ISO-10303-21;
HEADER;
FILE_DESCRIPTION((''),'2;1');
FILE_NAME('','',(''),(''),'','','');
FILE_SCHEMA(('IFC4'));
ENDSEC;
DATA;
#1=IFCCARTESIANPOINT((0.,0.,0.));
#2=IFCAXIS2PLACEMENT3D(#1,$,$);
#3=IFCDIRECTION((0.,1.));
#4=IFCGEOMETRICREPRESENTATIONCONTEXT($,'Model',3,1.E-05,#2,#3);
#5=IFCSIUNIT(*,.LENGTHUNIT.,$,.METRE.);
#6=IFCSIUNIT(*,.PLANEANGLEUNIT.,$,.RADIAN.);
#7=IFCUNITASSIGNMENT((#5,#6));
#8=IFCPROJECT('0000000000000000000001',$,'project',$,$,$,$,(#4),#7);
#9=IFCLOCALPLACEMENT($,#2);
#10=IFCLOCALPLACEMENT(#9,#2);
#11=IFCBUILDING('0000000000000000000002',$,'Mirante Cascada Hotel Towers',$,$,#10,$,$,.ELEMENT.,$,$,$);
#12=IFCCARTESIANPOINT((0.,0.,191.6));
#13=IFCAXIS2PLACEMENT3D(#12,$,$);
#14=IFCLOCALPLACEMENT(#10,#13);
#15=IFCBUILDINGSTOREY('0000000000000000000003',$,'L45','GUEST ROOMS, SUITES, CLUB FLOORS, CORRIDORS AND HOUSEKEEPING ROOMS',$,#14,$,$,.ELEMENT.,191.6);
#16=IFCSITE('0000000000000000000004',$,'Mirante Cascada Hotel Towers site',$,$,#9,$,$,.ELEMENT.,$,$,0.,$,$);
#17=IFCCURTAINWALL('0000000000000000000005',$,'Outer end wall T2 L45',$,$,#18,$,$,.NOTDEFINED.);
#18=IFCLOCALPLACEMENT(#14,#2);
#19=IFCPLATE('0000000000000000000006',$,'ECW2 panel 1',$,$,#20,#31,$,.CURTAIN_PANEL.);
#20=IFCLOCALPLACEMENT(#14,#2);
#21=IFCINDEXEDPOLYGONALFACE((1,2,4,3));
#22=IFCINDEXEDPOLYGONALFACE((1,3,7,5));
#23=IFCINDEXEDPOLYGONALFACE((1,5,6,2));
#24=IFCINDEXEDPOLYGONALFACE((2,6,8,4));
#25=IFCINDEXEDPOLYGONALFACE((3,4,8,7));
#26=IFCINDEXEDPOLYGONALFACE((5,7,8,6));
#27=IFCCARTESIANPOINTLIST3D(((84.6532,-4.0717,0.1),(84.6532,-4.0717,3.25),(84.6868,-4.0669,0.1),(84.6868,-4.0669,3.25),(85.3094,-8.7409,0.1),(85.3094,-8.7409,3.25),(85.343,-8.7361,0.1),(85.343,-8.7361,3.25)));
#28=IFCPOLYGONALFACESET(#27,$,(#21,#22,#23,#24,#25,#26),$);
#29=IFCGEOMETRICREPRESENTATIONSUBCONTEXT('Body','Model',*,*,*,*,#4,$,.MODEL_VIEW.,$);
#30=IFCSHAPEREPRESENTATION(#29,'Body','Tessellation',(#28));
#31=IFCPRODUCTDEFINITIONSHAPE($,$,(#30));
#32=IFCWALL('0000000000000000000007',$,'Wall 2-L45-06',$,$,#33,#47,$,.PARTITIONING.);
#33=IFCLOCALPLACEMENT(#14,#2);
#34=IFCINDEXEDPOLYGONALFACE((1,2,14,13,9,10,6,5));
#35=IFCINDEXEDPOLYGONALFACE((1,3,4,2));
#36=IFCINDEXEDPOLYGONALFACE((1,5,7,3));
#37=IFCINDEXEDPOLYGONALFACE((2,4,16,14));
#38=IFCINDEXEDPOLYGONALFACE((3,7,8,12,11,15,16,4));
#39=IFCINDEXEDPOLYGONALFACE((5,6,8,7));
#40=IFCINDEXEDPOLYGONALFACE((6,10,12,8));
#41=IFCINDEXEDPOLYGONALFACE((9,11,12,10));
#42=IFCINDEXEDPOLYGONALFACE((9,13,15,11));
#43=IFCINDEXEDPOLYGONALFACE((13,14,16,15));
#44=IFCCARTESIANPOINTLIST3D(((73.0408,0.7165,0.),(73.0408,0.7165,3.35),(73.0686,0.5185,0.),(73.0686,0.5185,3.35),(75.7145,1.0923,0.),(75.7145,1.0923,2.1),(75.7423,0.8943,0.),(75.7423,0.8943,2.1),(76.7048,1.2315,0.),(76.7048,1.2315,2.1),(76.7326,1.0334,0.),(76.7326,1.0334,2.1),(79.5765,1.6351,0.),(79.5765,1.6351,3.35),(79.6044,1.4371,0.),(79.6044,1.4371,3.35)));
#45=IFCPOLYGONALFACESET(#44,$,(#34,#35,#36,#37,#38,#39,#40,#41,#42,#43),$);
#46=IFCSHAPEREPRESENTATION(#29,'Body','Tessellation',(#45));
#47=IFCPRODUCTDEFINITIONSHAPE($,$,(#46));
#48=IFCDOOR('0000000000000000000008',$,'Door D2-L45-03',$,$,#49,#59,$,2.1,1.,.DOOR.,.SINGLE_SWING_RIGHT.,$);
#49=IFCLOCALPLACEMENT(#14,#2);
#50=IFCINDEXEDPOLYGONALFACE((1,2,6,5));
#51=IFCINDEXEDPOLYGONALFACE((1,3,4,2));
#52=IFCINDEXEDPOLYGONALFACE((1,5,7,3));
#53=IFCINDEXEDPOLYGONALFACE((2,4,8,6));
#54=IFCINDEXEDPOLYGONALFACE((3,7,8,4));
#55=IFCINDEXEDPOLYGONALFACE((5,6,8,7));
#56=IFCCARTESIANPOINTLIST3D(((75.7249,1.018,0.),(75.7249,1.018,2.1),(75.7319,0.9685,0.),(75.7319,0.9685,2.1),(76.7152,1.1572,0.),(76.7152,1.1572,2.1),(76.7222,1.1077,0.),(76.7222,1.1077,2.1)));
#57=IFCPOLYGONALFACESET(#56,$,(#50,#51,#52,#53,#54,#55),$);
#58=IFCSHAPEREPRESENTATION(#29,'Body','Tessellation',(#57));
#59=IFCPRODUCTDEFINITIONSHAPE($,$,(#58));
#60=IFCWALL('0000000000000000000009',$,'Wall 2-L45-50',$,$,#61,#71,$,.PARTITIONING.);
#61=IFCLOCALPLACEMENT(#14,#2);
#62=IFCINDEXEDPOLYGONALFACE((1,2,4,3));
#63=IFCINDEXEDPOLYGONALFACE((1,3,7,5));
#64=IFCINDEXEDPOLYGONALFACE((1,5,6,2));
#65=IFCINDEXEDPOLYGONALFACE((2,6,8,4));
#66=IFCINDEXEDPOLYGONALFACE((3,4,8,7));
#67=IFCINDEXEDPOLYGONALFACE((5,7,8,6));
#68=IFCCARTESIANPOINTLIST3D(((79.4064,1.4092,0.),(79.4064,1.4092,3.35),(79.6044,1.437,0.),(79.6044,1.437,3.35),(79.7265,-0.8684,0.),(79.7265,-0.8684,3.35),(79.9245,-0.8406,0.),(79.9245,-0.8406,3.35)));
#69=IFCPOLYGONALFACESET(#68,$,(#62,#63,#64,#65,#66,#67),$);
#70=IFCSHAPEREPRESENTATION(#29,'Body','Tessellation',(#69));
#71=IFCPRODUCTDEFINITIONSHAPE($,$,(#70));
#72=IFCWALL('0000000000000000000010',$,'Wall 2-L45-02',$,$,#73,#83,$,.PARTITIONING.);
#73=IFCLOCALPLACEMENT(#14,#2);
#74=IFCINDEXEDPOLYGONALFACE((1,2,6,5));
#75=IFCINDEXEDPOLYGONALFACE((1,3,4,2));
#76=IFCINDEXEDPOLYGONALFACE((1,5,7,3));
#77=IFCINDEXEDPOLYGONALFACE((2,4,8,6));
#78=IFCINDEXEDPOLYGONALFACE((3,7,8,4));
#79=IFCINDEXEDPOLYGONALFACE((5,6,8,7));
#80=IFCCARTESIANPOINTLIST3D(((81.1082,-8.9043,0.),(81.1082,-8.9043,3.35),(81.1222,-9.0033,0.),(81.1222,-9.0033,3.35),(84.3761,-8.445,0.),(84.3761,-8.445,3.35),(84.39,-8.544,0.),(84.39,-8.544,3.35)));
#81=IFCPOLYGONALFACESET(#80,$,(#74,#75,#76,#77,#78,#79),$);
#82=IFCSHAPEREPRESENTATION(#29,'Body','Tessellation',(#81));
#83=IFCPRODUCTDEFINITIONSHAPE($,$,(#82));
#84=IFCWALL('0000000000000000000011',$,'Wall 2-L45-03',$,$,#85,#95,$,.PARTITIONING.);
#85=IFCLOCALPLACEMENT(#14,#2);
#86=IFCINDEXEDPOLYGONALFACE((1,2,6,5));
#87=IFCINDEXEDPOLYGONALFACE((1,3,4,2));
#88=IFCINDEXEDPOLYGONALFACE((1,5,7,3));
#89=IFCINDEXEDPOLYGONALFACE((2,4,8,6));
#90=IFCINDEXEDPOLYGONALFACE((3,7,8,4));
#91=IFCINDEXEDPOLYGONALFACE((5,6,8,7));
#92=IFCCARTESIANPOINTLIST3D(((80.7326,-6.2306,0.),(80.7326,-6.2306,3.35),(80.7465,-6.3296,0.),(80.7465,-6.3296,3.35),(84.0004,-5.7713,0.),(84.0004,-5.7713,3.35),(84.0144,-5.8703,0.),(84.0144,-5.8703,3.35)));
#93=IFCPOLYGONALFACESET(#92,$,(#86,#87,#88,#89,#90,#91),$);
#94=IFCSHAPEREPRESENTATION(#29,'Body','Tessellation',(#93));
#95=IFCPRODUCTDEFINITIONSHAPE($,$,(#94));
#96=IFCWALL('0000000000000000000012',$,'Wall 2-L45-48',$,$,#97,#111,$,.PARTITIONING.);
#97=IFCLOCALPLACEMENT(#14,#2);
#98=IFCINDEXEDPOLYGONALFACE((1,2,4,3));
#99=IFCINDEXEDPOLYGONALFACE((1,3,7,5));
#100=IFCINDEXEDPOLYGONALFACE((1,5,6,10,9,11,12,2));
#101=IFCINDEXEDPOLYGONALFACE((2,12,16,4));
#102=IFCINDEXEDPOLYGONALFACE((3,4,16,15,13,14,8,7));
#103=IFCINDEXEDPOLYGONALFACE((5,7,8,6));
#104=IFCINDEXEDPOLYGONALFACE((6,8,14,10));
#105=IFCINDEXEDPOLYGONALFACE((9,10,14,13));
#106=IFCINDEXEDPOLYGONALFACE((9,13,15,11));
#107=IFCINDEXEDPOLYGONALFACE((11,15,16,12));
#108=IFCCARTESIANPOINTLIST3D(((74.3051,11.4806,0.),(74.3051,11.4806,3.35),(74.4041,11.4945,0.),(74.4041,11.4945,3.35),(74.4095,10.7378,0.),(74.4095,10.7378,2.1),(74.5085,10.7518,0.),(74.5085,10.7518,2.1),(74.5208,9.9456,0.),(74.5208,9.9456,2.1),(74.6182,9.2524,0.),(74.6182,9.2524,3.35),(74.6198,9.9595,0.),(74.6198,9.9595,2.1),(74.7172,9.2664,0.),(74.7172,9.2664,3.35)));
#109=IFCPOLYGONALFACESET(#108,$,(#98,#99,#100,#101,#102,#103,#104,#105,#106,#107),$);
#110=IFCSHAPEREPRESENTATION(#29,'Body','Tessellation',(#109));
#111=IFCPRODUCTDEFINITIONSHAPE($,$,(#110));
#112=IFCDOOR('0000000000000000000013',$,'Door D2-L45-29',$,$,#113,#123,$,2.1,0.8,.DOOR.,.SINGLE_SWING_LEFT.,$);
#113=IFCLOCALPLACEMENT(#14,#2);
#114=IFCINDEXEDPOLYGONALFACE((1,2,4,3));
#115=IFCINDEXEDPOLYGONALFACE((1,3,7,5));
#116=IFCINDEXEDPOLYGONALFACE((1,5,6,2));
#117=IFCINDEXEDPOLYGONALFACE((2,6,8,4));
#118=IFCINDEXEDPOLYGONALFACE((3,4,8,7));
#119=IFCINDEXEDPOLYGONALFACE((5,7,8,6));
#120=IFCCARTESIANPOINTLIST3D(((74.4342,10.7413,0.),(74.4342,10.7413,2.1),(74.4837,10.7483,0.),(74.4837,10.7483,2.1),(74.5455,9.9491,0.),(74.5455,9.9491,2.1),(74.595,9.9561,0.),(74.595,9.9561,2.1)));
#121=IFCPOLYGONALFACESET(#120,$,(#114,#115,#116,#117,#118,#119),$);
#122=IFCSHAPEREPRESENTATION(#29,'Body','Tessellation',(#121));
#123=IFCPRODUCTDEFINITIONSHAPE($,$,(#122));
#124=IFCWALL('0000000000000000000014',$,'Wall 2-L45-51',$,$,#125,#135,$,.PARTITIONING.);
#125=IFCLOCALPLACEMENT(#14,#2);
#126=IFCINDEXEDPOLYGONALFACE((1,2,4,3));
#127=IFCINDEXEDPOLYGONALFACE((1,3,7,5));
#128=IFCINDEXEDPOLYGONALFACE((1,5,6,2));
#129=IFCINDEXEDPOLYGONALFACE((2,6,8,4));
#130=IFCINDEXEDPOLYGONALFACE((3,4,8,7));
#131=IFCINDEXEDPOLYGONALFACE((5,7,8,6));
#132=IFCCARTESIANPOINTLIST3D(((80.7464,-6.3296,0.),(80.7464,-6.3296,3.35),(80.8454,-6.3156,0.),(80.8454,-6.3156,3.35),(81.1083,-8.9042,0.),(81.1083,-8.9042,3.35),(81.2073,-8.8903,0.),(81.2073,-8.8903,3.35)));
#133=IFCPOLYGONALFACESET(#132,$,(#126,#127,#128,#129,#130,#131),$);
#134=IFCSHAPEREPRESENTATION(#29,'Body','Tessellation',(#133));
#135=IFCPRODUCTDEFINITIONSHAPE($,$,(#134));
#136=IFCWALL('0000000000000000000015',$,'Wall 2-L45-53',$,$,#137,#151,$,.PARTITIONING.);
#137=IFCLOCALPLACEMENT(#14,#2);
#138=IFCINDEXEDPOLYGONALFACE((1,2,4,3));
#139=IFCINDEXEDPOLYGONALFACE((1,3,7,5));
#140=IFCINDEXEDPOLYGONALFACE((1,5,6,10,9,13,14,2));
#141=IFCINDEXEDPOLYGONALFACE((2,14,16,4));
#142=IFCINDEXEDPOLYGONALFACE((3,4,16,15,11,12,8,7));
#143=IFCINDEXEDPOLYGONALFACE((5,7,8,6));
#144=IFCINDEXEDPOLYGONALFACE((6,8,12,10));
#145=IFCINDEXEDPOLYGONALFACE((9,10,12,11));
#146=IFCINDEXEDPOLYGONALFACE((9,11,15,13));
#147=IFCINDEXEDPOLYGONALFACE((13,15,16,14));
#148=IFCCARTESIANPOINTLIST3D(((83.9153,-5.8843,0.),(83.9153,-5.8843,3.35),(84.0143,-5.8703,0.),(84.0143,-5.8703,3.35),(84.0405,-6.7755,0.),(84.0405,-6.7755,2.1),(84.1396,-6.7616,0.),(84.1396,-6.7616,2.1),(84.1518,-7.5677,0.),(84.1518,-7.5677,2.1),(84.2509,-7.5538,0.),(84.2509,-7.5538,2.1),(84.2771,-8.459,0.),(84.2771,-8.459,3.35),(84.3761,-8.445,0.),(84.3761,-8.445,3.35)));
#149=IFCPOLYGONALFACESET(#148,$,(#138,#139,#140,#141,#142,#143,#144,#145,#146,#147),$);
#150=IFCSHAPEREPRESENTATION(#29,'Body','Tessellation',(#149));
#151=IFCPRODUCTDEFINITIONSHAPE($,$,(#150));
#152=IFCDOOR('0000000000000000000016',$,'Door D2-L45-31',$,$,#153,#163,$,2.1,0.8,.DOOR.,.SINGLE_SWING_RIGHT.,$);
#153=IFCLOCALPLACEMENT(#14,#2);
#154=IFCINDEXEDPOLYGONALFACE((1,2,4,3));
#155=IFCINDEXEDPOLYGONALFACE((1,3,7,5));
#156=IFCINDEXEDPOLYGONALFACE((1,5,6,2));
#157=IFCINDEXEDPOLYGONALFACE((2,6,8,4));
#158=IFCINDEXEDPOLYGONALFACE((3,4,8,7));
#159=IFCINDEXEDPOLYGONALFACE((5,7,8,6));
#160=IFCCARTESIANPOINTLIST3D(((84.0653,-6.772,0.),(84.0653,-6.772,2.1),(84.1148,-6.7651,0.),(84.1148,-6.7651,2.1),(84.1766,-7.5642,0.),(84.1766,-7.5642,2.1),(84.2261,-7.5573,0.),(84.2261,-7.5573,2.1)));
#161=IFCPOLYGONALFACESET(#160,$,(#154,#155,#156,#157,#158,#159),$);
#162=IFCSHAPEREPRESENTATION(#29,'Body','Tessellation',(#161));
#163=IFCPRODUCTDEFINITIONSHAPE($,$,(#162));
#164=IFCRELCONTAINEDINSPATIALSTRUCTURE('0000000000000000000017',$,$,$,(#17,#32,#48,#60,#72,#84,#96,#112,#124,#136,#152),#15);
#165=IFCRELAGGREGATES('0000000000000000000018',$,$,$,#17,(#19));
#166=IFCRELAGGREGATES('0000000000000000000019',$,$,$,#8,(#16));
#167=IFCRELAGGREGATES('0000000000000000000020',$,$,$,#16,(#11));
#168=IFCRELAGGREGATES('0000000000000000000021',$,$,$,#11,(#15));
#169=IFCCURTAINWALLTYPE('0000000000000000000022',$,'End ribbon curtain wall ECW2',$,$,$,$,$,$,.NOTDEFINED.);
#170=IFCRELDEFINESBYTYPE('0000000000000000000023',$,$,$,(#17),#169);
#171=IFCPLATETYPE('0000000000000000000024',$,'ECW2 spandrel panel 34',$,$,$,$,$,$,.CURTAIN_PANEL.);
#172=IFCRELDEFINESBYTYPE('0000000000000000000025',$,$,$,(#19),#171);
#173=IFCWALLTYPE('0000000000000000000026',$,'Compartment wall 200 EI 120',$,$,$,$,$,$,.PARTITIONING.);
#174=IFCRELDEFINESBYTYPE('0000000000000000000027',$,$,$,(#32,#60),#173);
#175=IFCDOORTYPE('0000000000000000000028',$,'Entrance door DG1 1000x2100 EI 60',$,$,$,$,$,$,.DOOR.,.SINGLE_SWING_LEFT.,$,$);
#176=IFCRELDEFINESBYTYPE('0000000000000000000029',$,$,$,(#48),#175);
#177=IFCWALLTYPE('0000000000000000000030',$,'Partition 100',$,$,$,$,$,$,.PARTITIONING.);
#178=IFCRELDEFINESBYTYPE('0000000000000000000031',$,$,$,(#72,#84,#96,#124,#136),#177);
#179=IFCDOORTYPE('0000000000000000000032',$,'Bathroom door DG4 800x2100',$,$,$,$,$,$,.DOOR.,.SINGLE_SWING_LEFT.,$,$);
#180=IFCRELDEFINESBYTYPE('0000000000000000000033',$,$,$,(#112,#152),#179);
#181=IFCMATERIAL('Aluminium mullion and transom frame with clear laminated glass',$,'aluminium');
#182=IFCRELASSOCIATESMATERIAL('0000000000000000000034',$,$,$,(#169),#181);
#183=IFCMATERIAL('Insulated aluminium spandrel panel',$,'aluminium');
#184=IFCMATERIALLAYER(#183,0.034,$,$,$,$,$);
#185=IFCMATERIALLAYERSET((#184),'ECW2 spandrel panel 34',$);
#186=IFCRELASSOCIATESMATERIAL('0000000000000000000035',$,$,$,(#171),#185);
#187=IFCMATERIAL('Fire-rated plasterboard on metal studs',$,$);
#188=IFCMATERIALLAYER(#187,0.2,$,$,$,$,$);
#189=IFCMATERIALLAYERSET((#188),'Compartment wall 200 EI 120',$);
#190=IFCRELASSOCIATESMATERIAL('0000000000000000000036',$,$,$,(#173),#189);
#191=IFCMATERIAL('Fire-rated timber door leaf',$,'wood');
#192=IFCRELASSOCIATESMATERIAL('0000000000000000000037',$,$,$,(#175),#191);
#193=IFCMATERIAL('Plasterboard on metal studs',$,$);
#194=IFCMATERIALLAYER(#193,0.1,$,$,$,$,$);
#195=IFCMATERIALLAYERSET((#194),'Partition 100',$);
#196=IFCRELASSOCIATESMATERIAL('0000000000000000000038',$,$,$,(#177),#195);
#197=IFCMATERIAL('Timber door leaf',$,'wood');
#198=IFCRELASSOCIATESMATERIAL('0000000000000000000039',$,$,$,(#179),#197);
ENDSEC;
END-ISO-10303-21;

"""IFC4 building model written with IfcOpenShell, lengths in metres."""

from ifc_helpers import new_model, si_unit, direction, frame, frame_2d, origin, origin_2d, place, context, subcontext, project, spatial, rectangle, extrude, material, layer, layer_set, type_object, element, fill, aggregate, save


model = new_model("IFC4")

# Units and contexts
model_context = context("Model", 3, precision=1e-05, world=origin(), true_north=direction((0.0, 1.0)))
body_context = subcontext(model_context, "Body", "Model", "MODEL_VIEW")
ifc_project = project(units=[si_unit("LENGTHUNIT", "METRE"), si_unit("PLANEANGLEUNIT", "RADIAN")], contexts=[model_context])

# Site, building, storey
site_placement = place(None, origin())
site = spatial("IfcSite", under=ifc_project, at=site_placement, Name="Mirante Cascada Hotel Towers site", CompositionType="ELEMENT", RefElevation=0.0)
building_placement = place(site_placement, origin())
building = spatial("IfcBuilding", under=site, at=building_placement, Name="Mirante Cascada Hotel Towers", CompositionType="ELEMENT")
storey_placement = place(building_placement, frame((0.0, 0.0, 191.6)))
storey = spatial("IfcBuildingStorey", under=building, at=storey_placement, Name="L45", Description="GUEST ROOMS, SUITES, CLUB FLOORS, CORRIDORS AND HOUSEKEEPING ROOMS", CompositionType="ELEMENT", Elevation=191.6)

# Curtain wall, plate
ifc_material_1 = material(Name="Aluminium mullion and transom frame with clear laminated glass", Category="aluminium")
curtain_wall_type = type_object("IfcCurtainWallType", Name="End ribbon curtain wall ECW2", PredefinedType="NOTDEFINED", material=ifc_material_1)
curtain_wall_placement = place(storey_placement, origin())
curtain_wall = element("IfcCurtainWall", 1, at=curtain_wall_placement, inside=storey, type_object=curtain_wall_type, Name="Outer end wall T2 L45", PredefinedType="NOTDEFINED")
ifc_material_2 = material(Name="Insulated aluminium spandrel panel", Category="aluminium")
ifc_layer_1 = layer(ifc_material_2, 0.034)
ifc_layer_set_1 = layer_set([ifc_layer_1], Name="ECW2 spandrel panel 34")
plate_type_1 = type_object("IfcPlateType", Name="ECW2 spandrel panel 34", PredefinedType="CURTAIN_PANEL", material=ifc_layer_set_1)
plate_1_placement = place(storey_placement, frame((84.9981, -6.4039, 0.1), z_axis=(0.0, 0.0, 1.0), x_axis=(-0.139173, 0.990268, 0.0)))
plate_1 = element("IfcPlate", 2, at=plate_1_placement, type_object=plate_type_1, Name="ECW2 panel 1", PredefinedType="CURTAIN_PANEL", context=body_context, shape_type="SweptSolid", body=[
    extrude(rectangle(XDim=4.7151, YDim=0.034, at=origin_2d()), origin(), (0.0, 0.0, 1.0), 3.15),
])
aggregate(curtain_wall, [plate_1])

# Wall, opening, door
ifc_material_3 = material(Name="Fire-rated plasterboard on metal studs")
ifc_layer_2 = layer(ifc_material_3, 0.2)
ifc_layer_set_2 = layer_set([ifc_layer_2], Name="Compartment wall 200 EI 120")
wall_type_1 = type_object("IfcWallType", Name="Compartment wall 200 EI 120", PredefinedType="PARTITIONING", material=ifc_layer_set_2)
wall_1_placement = place(storey_placement, frame((73.0547, 0.6175, 0.0), z_axis=(0.0, 0.0, 1.0), x_axis=(0.990267, 0.139181, 0.0)))
wall_1 = element("IfcWall", 3, at=wall_1_placement, inside=storey, type_object=wall_type_1, Name="Wall 2-L45-06", PredefinedType="PARTITIONING", context=body_context, shape_type="SweptSolid", body=[
    extrude(rectangle(XDim=6.6, YDim=0.2, at=frame_2d((3.3, 0.0))), origin(), (0.0, 0.0, 1.0), 3.35),
])
opening_1_placement = place(wall_1_placement, frame((2.7, 0.0, 0.0)))
opening_1 = element("IfcOpeningElement", 4, at=opening_1_placement, cuts=wall_1, PredefinedType="OPENING", context=body_context, shape_type="SweptSolid", body=[
    extrude(rectangle(XDim=1.0, YDim=2.1, at=frame_2d((0.5, 1.05))), frame((0.0, 0.1, 0.0), z_axis=(0.0, -1.0, 0.0), x_axis=(1.0, 0.0, 0.0)), (0.0, 0.0, 1.0), 0.2),
])
ifc_material_4 = material(Name="Fire-rated timber door leaf", Category="wood")
door_type_1 = type_object("IfcDoorType", Name="Entrance door DG1 1000x2100 EI 60", OperationType="SINGLE_SWING_LEFT", PredefinedType="DOOR", material=ifc_material_4)
door_1_placement = place(opening_1_placement, frame((1.0, 0.0, 0.0), z_axis=(0.0, 0.0, 1.0), x_axis=(-1.0, 0.0, 0.0)))
door_1 = element("IfcDoor", 5, at=door_1_placement, inside=storey, type_object=door_type_1, Name="Door D2-L45-03", OperationType="SINGLE_SWING_RIGHT", OverallHeight=2.1, OverallWidth=1.0, PredefinedType="DOOR", context=body_context, shape_type="SweptSolid", body=[
    extrude(rectangle(XDim=1.0, YDim=2.1, at=frame_2d((0.5, 1.05))), frame((0.0, 0.025, 0.0), z_axis=(0.0, -1.0, 0.0), x_axis=(1.0, 0.0, 0.0)), (0.0, 0.0, 1.0), 0.05),
])
fill(opening_1, door_1)

# Walls
wall_2_placement = place(storey_placement, frame((79.8255, -0.8545, 0.0), z_axis=(0.0, 0.0, 1.0), x_axis=(-0.139175, 0.990268, 0.0)))
element("IfcWall", 6, at=wall_2_placement, inside=storey, type_object=wall_type_1, Name="Wall 2-L45-50", PredefinedType="PARTITIONING", context=body_context, shape_type="SweptSolid", body=[
    extrude(rectangle(XDim=2.3, YDim=0.2, at=frame_2d((1.15, 0.0))), origin(), (0.0, 0.0, 1.0), 3.35),
])
ifc_material_5 = material(Name="Plasterboard on metal studs")
ifc_layer_3 = layer(ifc_material_5, 0.1)
ifc_layer_set_3 = layer_set([ifc_layer_3], Name="Partition 100")
wall_type_2 = type_object("IfcWallType", Name="Partition 100", PredefinedType="PARTITIONING", material=ifc_layer_set_3)
for number, where, z_axis, x_axis, name in (
    (7, (81.1152, -8.9538, 0.0), (0.0, 0.0, 1.0), (0.990267, 0.139181, 0.0), "Wall 2-L45-02"),
    (8, (84.0074, -5.8208, 0.0), (0.0, 0.0, 1.0), (-0.990267, -0.139181, 0.0), "Wall 2-L45-03"),
):
    element("IfcWall", number, at=place(storey_placement, frame(where, z_axis=z_axis, x_axis=x_axis)), inside=storey, type_object=wall_type_2, Name=name, PredefinedType="PARTITIONING", context=body_context, shape_type="SweptSolid", body=[
        extrude(rectangle(XDim=3.3, YDim=0.1, at=frame_2d((1.65, 0.0))), origin(), (0.0, 0.0, 1.0), 3.35),
    ])

# Wall, opening, door
wall_3_placement = place(storey_placement, frame((74.6677, 9.2594, 0.0), z_axis=(0.0, 0.0, 1.0), x_axis=(-0.139156, 0.990271, 0.0)))
wall_3 = element("IfcWall", 9, at=wall_3_placement, inside=storey, type_object=wall_type_2, Name="Wall 2-L45-48", PredefinedType="PARTITIONING", context=body_context, shape_type="SweptSolid", body=[
    extrude(rectangle(XDim=2.25, YDim=0.1, at=frame_2d((1.125, 0.0))), origin(), (0.0, 0.0, 1.0), 3.35),
])
opening_2_placement = place(wall_3_placement, frame((0.7, 0.0, 0.0)))
opening_2 = element("IfcOpeningElement", 10, at=opening_2_placement, cuts=wall_3, PredefinedType="OPENING", context=body_context, shape_type="SweptSolid", body=[
    extrude(rectangle(XDim=0.8, YDim=2.1, at=frame_2d((0.4, 1.05))), frame((0.0, 0.05, 0.0), z_axis=(0.0, -1.0, 0.0), x_axis=(1.0, 0.0, 0.0)), (0.0, 0.0, 1.0), 0.1),
])
ifc_material_6 = material(Name="Timber door leaf", Category="wood")
door_type_2 = type_object("IfcDoorType", Name="Bathroom door DG4 800x2100", OperationType="SINGLE_SWING_LEFT", PredefinedType="DOOR", material=ifc_material_6)
door_2_placement = place(opening_2_placement, origin())
door_2 = element("IfcDoor", 11, at=door_2_placement, inside=storey, type_object=door_type_2, Name="Door D2-L45-29", OperationType="SINGLE_SWING_LEFT", OverallHeight=2.1, OverallWidth=0.8, PredefinedType="DOOR", context=body_context, shape_type="SweptSolid", body=[
    extrude(rectangle(XDim=0.8, YDim=2.1, at=frame_2d((0.4, 1.05))), frame((0.0, 0.025, 0.0), z_axis=(0.0, -1.0, 0.0), x_axis=(1.0, 0.0, 0.0)), (0.0, 0.0, 1.0), 0.05),
])
fill(opening_2, door_2)

# Wall
wall_4_placement = place(storey_placement, frame((80.7959, -6.3226, 0.0), z_axis=(0.0, 0.0, 1.0), x_axis=(0.139192, -0.990265, 0.0)))
element("IfcWall", 12, at=wall_4_placement, inside=storey, type_object=wall_type_2, Name="Wall 2-L45-51", PredefinedType="PARTITIONING", context=body_context, shape_type="SweptSolid", body=[
    extrude(rectangle(XDim=2.6, YDim=0.1, at=frame_2d((1.3, 0.0))), origin(), (0.0, 0.0, 1.0), 3.35),
])

# Wall, opening, door
wall_5_placement = place(storey_placement, frame((83.9648, -5.8773, 0.0), z_axis=(0.0, 0.0, 1.0), x_axis=(0.139154, -0.990271, 0.0)))
wall_5 = element("IfcWall", 13, at=wall_5_placement, inside=storey, type_object=wall_type_2, Name="Wall 2-L45-53", PredefinedType="PARTITIONING", context=body_context, shape_type="SweptSolid", body=[
    extrude(rectangle(XDim=2.6, YDim=0.1, at=frame_2d((1.3, 0.0))), origin(), (0.0, 0.0, 1.0), 3.35),
])
opening_3_placement = place(wall_5_placement, frame((0.9, 0.0, 0.0)))
opening_3 = element("IfcOpeningElement", 14, at=opening_3_placement, cuts=wall_5, PredefinedType="OPENING", context=body_context, shape_type="SweptSolid", body=[
    extrude(rectangle(XDim=0.8, YDim=2.1, at=frame_2d((0.4, 1.05))), frame((0.0, 0.05, 0.0), z_axis=(0.0, -1.0, 0.0), x_axis=(1.0, 0.0, 0.0)), (0.0, 0.0, 1.0), 0.1),
])
door_3_placement = place(opening_3_placement, frame((0.8, 0.0, 0.0), z_axis=(0.0, 0.0, 1.0), x_axis=(-1.0, 0.0, 0.0)))
door_3 = element("IfcDoor", 15, at=door_3_placement, inside=storey, type_object=door_type_2, Name="Door D2-L45-31", OperationType="SINGLE_SWING_RIGHT", OverallHeight=2.1, OverallWidth=0.8, PredefinedType="DOOR", context=body_context, shape_type="SweptSolid", body=[
    extrude(rectangle(XDim=0.8, YDim=2.1, at=frame_2d((0.4, 1.05))), frame((0.0, 0.025, 0.0), z_axis=(0.0, -1.0, 0.0), x_axis=(1.0, 0.0, 0.0)), (0.0, 0.0, 1.0), 0.05),
])
fill(opening_3, door_3)

save(model, "model.ifc")
